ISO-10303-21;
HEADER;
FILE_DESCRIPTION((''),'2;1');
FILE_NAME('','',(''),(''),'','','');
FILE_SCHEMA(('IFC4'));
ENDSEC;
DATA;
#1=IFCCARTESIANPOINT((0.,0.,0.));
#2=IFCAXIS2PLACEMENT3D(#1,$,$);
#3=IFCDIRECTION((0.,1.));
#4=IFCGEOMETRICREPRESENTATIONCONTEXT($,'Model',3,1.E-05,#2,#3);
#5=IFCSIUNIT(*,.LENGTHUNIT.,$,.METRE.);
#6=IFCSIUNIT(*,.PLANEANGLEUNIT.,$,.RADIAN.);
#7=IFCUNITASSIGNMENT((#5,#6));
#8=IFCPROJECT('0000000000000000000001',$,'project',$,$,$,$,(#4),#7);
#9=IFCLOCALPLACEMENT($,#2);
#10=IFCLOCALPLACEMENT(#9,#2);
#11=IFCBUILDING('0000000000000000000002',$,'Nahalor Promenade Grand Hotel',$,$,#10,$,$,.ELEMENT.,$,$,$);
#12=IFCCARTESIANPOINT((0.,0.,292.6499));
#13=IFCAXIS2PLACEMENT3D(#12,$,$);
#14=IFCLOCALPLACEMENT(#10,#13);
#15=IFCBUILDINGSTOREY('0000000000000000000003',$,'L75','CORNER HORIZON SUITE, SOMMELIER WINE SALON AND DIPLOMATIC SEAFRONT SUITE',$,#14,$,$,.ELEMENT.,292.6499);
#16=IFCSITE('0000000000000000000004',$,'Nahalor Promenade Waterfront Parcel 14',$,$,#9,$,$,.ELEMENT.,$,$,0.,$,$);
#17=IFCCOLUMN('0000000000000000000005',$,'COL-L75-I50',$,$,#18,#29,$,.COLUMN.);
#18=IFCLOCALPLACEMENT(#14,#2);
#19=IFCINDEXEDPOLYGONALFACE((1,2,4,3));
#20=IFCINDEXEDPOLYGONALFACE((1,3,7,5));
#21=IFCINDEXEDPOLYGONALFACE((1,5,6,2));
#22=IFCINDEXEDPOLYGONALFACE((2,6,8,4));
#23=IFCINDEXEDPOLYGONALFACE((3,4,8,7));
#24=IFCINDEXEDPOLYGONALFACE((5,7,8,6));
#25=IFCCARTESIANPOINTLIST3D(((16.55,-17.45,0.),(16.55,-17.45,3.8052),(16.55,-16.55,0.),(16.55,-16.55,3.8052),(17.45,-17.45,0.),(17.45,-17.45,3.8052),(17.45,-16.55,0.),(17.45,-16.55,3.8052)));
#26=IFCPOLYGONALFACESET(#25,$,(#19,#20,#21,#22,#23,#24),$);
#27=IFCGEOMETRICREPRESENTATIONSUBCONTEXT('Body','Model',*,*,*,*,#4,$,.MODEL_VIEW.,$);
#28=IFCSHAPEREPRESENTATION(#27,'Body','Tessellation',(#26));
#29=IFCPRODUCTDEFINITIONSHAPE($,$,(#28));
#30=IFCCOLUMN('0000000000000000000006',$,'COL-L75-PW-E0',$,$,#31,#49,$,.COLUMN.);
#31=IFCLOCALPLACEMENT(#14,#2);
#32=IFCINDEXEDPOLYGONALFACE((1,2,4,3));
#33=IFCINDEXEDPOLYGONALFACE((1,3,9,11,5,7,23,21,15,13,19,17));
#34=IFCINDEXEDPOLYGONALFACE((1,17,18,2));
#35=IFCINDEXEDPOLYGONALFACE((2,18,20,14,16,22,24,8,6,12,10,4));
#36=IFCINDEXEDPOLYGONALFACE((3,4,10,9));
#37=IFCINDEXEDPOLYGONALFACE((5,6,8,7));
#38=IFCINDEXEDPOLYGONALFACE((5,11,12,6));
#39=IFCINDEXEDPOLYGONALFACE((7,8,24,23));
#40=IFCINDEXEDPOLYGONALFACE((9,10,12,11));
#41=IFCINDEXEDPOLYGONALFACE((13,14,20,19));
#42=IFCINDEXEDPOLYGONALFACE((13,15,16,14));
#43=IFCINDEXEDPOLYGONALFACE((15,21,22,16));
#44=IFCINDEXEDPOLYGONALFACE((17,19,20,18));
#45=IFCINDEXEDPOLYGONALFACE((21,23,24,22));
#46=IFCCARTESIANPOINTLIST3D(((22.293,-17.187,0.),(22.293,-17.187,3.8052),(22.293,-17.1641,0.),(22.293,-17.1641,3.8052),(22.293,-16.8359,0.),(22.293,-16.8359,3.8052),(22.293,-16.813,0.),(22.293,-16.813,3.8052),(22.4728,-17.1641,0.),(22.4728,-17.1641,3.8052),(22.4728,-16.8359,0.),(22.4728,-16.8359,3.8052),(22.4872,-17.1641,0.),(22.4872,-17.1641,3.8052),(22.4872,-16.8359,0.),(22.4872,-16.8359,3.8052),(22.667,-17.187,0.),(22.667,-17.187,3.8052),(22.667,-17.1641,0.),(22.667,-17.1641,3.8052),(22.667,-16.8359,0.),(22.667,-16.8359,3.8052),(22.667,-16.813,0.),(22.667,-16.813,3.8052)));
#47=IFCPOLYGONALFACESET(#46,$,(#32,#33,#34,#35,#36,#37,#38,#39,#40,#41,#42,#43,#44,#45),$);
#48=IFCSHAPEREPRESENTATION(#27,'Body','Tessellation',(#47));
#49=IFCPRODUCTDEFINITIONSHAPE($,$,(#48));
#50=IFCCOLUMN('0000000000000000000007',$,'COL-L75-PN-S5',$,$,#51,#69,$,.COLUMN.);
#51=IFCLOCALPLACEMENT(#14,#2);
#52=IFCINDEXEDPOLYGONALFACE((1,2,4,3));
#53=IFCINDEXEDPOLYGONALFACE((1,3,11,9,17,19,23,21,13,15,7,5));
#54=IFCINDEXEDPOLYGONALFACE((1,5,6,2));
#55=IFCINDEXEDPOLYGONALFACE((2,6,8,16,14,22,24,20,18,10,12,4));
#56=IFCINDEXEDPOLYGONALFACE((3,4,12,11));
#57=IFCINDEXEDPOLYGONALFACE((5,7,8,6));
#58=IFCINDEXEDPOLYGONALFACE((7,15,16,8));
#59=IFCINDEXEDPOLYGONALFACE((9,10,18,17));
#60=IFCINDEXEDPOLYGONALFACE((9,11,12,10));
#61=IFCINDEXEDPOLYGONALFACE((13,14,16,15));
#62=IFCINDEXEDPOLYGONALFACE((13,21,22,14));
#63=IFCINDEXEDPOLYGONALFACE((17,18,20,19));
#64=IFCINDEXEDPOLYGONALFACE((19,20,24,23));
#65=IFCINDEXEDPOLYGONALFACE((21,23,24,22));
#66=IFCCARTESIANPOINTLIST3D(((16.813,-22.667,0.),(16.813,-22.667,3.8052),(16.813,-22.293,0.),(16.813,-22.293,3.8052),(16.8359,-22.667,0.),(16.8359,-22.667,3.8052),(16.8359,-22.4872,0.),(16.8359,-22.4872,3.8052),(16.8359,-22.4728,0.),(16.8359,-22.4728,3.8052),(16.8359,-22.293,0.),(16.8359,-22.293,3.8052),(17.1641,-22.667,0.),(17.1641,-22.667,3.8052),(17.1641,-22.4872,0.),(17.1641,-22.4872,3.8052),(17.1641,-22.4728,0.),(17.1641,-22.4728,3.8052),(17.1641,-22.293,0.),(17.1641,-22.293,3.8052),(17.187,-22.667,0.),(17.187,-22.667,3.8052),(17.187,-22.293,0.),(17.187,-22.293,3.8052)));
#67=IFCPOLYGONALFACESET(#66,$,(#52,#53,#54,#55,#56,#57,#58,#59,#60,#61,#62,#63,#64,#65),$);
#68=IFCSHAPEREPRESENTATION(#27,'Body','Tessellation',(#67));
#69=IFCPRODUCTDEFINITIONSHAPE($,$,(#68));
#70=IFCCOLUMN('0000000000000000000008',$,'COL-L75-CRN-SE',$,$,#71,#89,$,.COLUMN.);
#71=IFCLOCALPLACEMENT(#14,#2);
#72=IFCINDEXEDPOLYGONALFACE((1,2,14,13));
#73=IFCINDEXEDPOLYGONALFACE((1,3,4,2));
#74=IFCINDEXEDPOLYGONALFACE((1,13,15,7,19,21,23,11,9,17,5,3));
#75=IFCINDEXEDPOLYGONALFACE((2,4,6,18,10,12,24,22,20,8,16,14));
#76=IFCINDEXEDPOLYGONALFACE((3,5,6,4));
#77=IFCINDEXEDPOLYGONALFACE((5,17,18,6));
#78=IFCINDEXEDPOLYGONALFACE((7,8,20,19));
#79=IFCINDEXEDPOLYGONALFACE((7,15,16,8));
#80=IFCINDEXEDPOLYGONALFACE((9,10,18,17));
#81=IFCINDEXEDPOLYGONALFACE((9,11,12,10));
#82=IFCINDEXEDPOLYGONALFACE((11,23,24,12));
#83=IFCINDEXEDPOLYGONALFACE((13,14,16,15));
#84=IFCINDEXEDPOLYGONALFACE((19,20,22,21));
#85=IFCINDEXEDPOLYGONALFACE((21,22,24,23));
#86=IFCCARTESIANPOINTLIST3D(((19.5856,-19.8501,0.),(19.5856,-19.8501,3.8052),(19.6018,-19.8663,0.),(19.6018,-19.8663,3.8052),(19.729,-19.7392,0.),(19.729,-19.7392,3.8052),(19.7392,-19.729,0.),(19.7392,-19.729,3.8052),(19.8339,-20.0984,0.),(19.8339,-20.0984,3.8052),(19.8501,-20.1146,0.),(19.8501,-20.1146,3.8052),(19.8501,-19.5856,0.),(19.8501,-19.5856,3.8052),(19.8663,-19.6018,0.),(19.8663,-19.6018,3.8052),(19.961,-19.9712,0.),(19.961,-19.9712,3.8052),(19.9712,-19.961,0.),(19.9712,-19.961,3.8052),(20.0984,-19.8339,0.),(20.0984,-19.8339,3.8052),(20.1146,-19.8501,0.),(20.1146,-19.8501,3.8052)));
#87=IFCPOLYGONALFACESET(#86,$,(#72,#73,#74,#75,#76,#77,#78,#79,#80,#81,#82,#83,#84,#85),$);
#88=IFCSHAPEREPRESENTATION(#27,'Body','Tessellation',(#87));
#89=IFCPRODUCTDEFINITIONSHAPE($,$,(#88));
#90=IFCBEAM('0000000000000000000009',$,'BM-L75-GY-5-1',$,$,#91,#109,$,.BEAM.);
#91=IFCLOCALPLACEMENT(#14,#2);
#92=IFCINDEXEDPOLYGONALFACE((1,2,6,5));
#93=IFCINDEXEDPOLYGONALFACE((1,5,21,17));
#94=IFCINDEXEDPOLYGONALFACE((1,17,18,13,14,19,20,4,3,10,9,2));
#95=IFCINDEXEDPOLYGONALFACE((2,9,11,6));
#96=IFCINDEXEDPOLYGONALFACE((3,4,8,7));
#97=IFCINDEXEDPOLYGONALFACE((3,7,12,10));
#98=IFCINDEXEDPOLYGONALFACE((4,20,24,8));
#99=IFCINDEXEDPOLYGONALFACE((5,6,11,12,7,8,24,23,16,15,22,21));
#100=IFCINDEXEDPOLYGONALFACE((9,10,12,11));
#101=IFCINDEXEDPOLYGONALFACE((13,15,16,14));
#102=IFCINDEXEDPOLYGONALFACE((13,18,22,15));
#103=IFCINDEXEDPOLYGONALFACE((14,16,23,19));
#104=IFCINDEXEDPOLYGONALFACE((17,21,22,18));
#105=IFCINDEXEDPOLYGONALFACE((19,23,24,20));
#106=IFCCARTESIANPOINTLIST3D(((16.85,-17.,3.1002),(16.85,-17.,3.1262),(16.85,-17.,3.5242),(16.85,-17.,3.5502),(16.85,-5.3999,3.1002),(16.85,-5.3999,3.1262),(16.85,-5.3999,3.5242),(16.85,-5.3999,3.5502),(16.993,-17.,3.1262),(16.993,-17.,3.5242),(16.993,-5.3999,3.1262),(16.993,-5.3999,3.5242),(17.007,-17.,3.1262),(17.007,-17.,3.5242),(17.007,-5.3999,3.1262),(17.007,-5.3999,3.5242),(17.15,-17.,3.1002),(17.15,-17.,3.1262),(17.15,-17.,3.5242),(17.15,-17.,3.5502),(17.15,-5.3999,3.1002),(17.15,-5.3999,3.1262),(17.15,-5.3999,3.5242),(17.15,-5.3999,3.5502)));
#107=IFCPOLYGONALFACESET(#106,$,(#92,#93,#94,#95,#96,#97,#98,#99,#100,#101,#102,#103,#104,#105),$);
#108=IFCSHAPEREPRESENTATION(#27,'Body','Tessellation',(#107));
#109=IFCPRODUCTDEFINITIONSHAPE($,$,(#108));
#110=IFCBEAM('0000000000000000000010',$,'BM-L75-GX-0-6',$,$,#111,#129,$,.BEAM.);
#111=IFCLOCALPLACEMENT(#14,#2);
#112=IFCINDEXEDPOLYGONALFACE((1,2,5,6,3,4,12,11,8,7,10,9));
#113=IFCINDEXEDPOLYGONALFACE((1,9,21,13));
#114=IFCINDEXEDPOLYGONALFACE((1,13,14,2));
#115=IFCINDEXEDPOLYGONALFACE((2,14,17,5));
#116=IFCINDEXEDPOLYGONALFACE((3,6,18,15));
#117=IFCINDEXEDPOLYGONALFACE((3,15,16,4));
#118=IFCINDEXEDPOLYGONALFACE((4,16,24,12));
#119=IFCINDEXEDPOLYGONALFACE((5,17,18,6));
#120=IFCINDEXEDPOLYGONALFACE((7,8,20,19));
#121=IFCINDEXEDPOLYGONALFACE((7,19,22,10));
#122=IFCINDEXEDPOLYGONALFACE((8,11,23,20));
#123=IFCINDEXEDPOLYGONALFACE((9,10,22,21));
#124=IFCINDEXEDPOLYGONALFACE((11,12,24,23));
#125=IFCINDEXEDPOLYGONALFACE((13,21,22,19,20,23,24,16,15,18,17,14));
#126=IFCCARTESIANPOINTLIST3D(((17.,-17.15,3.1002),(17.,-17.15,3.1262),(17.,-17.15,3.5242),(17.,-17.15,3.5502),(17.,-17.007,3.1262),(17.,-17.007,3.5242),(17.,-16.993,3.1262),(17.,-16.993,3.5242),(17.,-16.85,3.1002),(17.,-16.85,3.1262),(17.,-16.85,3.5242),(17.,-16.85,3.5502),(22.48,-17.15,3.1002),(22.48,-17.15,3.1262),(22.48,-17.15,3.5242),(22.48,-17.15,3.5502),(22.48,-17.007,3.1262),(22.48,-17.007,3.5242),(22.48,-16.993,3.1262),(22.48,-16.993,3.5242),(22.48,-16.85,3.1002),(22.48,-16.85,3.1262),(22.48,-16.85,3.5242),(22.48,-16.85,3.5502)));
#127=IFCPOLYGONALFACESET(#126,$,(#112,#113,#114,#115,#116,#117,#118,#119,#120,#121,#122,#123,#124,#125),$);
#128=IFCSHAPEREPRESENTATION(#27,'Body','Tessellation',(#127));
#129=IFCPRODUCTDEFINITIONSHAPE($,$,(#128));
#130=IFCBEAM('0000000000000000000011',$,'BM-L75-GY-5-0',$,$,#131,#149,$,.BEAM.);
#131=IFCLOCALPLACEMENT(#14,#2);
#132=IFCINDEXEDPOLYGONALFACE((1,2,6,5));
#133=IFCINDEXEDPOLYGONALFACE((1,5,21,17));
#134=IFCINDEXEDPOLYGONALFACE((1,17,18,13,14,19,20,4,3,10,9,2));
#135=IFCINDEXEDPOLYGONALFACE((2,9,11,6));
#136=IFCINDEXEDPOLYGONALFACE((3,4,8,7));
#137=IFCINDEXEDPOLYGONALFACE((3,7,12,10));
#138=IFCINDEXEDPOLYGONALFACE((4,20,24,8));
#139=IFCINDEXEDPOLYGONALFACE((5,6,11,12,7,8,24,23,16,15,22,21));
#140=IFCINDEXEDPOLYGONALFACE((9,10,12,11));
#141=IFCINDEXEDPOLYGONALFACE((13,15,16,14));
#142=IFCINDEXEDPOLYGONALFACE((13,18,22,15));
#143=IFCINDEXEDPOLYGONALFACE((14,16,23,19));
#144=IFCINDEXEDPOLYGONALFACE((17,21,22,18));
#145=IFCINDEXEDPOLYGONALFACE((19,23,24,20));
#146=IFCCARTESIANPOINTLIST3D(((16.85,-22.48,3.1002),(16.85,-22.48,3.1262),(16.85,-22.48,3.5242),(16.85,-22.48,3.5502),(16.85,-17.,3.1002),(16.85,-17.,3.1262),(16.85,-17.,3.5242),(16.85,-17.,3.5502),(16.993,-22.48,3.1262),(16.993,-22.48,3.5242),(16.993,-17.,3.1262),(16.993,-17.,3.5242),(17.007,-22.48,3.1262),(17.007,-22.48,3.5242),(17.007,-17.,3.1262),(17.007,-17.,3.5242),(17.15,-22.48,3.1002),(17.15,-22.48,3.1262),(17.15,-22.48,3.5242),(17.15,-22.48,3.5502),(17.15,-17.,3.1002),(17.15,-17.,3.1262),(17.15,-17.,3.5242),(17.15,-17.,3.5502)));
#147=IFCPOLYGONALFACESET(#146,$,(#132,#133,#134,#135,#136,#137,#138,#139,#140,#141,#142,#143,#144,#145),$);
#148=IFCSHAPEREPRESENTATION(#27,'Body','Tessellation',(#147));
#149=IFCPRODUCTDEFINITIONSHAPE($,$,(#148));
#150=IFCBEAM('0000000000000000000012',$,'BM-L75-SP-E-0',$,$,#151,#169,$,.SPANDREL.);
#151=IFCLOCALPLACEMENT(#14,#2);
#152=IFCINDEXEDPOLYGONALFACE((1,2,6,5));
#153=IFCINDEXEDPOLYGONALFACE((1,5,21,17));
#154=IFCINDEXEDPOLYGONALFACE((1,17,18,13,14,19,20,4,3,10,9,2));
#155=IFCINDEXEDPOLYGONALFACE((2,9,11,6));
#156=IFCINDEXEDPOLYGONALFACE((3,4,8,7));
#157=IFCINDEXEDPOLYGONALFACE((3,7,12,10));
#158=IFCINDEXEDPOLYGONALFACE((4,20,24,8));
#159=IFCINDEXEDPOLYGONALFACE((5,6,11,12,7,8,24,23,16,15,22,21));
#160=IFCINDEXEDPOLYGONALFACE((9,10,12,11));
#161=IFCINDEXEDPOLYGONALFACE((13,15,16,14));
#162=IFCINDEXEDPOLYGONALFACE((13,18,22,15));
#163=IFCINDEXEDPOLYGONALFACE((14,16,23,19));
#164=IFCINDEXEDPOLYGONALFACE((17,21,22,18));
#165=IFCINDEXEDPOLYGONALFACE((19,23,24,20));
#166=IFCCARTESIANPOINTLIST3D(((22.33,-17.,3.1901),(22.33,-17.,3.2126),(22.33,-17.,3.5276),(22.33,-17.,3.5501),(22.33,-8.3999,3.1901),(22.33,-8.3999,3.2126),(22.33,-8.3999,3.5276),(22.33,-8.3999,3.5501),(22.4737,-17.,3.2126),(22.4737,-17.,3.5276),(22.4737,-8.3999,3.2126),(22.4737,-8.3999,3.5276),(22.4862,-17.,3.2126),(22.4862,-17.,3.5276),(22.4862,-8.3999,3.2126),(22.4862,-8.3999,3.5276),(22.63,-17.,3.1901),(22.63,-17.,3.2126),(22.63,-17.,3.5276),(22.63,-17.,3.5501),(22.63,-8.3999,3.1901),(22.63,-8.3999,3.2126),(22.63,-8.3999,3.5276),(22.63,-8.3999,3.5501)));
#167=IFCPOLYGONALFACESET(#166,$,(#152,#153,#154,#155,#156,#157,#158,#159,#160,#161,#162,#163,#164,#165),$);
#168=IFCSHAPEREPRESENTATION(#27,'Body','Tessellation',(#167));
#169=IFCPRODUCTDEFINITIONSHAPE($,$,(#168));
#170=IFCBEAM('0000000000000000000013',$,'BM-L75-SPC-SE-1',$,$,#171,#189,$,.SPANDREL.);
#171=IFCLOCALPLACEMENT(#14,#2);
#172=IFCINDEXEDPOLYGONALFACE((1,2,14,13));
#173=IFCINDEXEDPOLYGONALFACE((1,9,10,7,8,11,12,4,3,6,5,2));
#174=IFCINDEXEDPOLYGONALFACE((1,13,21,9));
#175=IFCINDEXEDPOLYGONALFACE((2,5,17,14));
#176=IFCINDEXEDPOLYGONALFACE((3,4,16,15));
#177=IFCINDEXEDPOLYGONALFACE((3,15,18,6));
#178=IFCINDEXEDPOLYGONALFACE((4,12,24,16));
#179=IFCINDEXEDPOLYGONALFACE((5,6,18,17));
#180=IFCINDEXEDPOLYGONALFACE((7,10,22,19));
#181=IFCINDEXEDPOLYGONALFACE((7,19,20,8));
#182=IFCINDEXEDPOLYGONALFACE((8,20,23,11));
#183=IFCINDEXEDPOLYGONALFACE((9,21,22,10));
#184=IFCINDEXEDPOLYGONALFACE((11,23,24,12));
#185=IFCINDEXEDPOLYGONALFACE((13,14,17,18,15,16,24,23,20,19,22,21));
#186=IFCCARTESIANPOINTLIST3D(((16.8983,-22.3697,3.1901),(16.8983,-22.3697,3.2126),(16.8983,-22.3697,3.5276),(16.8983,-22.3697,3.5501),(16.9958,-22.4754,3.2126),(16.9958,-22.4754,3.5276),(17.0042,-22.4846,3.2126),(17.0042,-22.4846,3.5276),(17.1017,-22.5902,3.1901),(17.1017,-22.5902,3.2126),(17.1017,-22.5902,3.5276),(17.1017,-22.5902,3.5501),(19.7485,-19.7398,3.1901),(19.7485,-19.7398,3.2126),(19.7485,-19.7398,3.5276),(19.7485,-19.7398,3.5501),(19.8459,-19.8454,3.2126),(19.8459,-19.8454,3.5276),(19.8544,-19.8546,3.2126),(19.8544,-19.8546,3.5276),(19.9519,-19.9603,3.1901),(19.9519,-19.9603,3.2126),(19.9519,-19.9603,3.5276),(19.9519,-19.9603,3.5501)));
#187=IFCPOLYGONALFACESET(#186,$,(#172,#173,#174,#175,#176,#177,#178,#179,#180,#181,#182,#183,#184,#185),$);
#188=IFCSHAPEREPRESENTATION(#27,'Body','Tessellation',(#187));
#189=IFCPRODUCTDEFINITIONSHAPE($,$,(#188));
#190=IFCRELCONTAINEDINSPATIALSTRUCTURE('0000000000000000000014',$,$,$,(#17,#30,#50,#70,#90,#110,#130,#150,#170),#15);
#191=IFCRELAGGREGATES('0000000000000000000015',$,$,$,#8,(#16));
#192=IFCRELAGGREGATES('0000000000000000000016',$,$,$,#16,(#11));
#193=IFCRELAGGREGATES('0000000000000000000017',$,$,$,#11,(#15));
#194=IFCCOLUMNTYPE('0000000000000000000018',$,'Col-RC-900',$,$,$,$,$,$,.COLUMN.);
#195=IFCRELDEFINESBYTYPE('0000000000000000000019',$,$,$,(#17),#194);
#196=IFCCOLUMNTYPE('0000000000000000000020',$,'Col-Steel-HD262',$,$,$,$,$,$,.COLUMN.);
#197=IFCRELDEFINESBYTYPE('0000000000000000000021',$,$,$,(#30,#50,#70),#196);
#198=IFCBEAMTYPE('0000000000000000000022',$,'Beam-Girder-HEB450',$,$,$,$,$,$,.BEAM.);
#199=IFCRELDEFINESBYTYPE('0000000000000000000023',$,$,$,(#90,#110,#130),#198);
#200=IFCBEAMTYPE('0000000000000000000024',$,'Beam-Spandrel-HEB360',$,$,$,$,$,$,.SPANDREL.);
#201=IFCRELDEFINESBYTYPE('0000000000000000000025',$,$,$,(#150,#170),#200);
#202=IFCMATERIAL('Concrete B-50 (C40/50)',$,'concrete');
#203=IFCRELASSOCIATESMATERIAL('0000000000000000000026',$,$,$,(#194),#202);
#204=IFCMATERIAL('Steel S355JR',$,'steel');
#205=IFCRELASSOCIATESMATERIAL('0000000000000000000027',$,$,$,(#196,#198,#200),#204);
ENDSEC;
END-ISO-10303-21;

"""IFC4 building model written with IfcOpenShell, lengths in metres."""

from ifc_helpers import new_model, si_unit, direction, frame, origin, origin_2d, place, context, subcontext, project, spatial, rectangle, i_section, extrude, source, transform, mapped, material, material_profile, profile_set, type_object, element, save


model = new_model("IFC4")

# Units and contexts
model_context = context("Model", 3, precision=1e-05, world=origin(), true_north=direction((0.0, 1.0)))
body_context = subcontext(model_context, "Body", "Model", "MODEL_VIEW")
ifc_project = project(units=[si_unit("LENGTHUNIT", "METRE"), si_unit("PLANEANGLEUNIT", "RADIAN")], contexts=[model_context])

# Site, building, storey
site_placement = place(None, origin())
site = spatial("IfcSite", under=ifc_project, at=site_placement, Name="Nahalor Promenade Waterfront Parcel 14", CompositionType="ELEMENT", RefElevation=0.0)
building_placement = place(site_placement, origin())
building = spatial("IfcBuilding", under=site, at=building_placement, Name="Nahalor Promenade Grand Hotel", CompositionType="ELEMENT")
storey_placement = place(building_placement, frame((0.0, 0.0, 292.6499)))
storey = spatial("IfcBuildingStorey", under=building, at=storey_placement, Name="L75", Description="CORNER HORIZON SUITE, SOMMELIER WINE SALON AND DIPLOMATIC SEAFRONT SUITE", CompositionType="ELEMENT", Elevation=292.6499)

# Columns
ifc_material_1 = material(Name="Concrete B-50 (C40/50)", Category="concrete")
ifc_material_profile_1 = material_profile(ifc_material_1, rectangle(XDim=0.9, YDim=0.9, at=origin_2d()), Name="RC 900x900")
ifc_profile_set_1 = profile_set([ifc_material_profile_1], Name="Concrete B-50 (C40/50)")
column_type_1 = type_object("IfcColumnType", Name="Col-RC-900", PredefinedType="COLUMN", material=ifc_profile_set_1)
shared_shape_1 = source(origin(), body_context, "Body", "SweptSolid", [
    extrude(rectangle(XDim=0.9, YDim=0.9, at=origin_2d()), origin(), (0.0, 0.0, 1.0), 3.8052),
])
column_placement = place(storey_placement, frame((17.0, -17.0, 0.0), z_axis=(0.0, 0.0, 1.0), x_axis=(1.0, 0.0, 0.0)))
element("IfcColumn", 1, at=column_placement, inside=storey, type_object=column_type_1, Name="COL-L75-I50", PredefinedType="COLUMN", context=body_context, shape_type="MappedRepresentation", body=[
    mapped(shared_shape_1, transform((0.0, 0.0, 0.0), scale=1.0)),
])
ifc_material_2 = material(Name="Steel S355JR", Category="steel")
ifc_material_profile_2 = material_profile(ifc_material_2, i_section(OverallWidth=0.374, OverallDepth=0.374, WebThickness=0.0144, FlangeThickness=0.0229, at=origin_2d()), Name="HD 360x262")
ifc_profile_set_2 = profile_set([ifc_material_profile_2], Name="Steel S355JR")
column_type_2 = type_object("IfcColumnType", Name="Col-Steel-HD262", PredefinedType="COLUMN", material=ifc_profile_set_2)
shared_shape_2 = source(origin(), body_context, "Body", "SweptSolid", [
    extrude(i_section(OverallWidth=0.374, OverallDepth=0.374, WebThickness=0.0144, FlangeThickness=0.0229, at=origin_2d()), origin(), (0.0, 0.0, 1.0), 3.8052),
])
for number, where, z_axis, x_axis, name in (
    (2, (22.48, -17.0, 0.0), (0.0, 0.0, 1.0), (1.0, 0.0, 0.0), "COL-L75-PW-E0"),
    (3, (17.0, -22.48, 0.0), (0.0, 0.0, 1.0), (0.0, 1.0, 0.0), "COL-L75-PN-S5"),
    (4, (19.8501, -19.8501, 0.0), (0.0, 0.0, 1.0), (0.707107, 0.707107, 0.0), "COL-L75-CRN-SE"),
):
    element("IfcColumn", number, at=place(storey_placement, frame(where, z_axis=z_axis, x_axis=x_axis)), inside=storey, type_object=column_type_2, Name=name, PredefinedType="COLUMN", context=body_context, shape_type="MappedRepresentation", body=[
        mapped(shared_shape_2, transform((0.0, 0.0, 0.0), scale=1.0)),
    ])

# Beams
ifc_material_profile_3 = material_profile(ifc_material_2, i_section(OverallWidth=0.3, OverallDepth=0.45, WebThickness=0.014, FlangeThickness=0.026, at=origin_2d()), Name="HEB 450")
ifc_profile_set_3 = profile_set([ifc_material_profile_3], Name="Steel S355JR")
beam_type_1 = type_object("IfcBeamType", Name="Beam-Girder-HEB450", PredefinedType="BEAM", material=ifc_profile_set_3)
shared_shape_3 = source(origin(), body_context, "Body", "SweptSolid", [
    extrude(i_section(OverallWidth=0.3, OverallDepth=0.45, WebThickness=0.014, FlangeThickness=0.026, at=origin_2d()), origin(), (0.0, 0.0, 1.0), 11.6001),
])
beam_1_placement = place(storey_placement, frame((17.0, -17.0, 3.3252), z_axis=(0.0, 1.0, 0.0), x_axis=(-1.0, 0.0, 0.0)))
element("IfcBeam", 5, at=beam_1_placement, inside=storey, type_object=beam_type_1, Name="BM-L75-GY-5-1", PredefinedType="BEAM", context=body_context, shape_type="MappedRepresentation", body=[
    mapped(shared_shape_3, transform((0.0, 0.0, 0.0), scale=1.0)),
])
shared_shape_4 = source(origin(), body_context, "Body", "SweptSolid", [
    extrude(i_section(OverallWidth=0.3, OverallDepth=0.45, WebThickness=0.014, FlangeThickness=0.026, at=origin_2d()), origin(), (0.0, 0.0, 1.0), 5.48),
])
for number, where, z_axis, x_axis, name in (
    (6, (17.0, -17.0, 3.3252), (1.0, 0.0, 0.0), (0.0, 1.0, 0.0), "BM-L75-GX-0-6"),
    (7, (17.0, -22.48, 3.3252), (0.0, 1.0, 0.0), (-1.0, 0.0, 0.0), "BM-L75-GY-5-0"),
):
    element("IfcBeam", number, at=place(storey_placement, frame(where, z_axis=z_axis, x_axis=x_axis)), inside=storey, type_object=beam_type_1, Name=name, PredefinedType="BEAM", context=body_context, shape_type="MappedRepresentation", body=[
        mapped(shared_shape_4, transform((0.0, 0.0, 0.0), scale=1.0)),
    ])
ifc_material_profile_4 = material_profile(ifc_material_2, i_section(OverallWidth=0.3, OverallDepth=0.36, WebThickness=0.0125, FlangeThickness=0.0225, at=origin_2d()), Name="HEB 360")
ifc_profile_set_4 = profile_set([ifc_material_profile_4], Name="Steel S355JR")
beam_type_2 = type_object("IfcBeamType", Name="Beam-Spandrel-HEB360", PredefinedType="SPANDREL", material=ifc_profile_set_4)
shared_shape_5 = source(origin(), body_context, "Body", "SweptSolid", [
    extrude(i_section(OverallWidth=0.3, OverallDepth=0.36, WebThickness=0.0125, FlangeThickness=0.0225, at=origin_2d()), origin(), (0.0, 0.0, 1.0), 8.6001),
])
beam_2_placement = place(storey_placement, frame((22.48, -17.0, 3.3701), z_axis=(0.0, 1.0, 0.0), x_axis=(-1.0, 0.0, 0.0)))
element("IfcBeam", 8, at=beam_2_placement, inside=storey, type_object=beam_type_2, Name="BM-L75-SP-E-0", PredefinedType="SPANDREL", context=body_context, shape_type="MappedRepresentation", body=[
    mapped(shared_shape_5, transform((0.0, 0.0, 0.0), scale=1.0)),
])
shared_shape_6 = source(origin(), body_context, "Body", "SweptSolid", [
    extrude(i_section(OverallWidth=0.3, OverallDepth=0.36, WebThickness=0.0125, FlangeThickness=0.0225, at=origin_2d()), origin(), (0.0, 0.0, 1.0), 3.8782),
])
for number, where, z_axis, x_axis, name in (
    (9, (17.0, -22.48, 3.3701), (0.734929, 0.678144, 0.0), (-0.678144, 0.734929, 0.0), "BM-L75-SPC-SE-1"),
):
    element("IfcBeam", number, at=place(storey_placement, frame(where, z_axis=z_axis, x_axis=x_axis)), inside=storey, type_object=beam_type_2, Name=name, PredefinedType="SPANDREL", context=body_context, shape_type="MappedRepresentation", body=[
        mapped(shared_shape_6, transform((0.0, 0.0, 0.0), scale=1.0)),
    ])

save(model, "model.ifc")
